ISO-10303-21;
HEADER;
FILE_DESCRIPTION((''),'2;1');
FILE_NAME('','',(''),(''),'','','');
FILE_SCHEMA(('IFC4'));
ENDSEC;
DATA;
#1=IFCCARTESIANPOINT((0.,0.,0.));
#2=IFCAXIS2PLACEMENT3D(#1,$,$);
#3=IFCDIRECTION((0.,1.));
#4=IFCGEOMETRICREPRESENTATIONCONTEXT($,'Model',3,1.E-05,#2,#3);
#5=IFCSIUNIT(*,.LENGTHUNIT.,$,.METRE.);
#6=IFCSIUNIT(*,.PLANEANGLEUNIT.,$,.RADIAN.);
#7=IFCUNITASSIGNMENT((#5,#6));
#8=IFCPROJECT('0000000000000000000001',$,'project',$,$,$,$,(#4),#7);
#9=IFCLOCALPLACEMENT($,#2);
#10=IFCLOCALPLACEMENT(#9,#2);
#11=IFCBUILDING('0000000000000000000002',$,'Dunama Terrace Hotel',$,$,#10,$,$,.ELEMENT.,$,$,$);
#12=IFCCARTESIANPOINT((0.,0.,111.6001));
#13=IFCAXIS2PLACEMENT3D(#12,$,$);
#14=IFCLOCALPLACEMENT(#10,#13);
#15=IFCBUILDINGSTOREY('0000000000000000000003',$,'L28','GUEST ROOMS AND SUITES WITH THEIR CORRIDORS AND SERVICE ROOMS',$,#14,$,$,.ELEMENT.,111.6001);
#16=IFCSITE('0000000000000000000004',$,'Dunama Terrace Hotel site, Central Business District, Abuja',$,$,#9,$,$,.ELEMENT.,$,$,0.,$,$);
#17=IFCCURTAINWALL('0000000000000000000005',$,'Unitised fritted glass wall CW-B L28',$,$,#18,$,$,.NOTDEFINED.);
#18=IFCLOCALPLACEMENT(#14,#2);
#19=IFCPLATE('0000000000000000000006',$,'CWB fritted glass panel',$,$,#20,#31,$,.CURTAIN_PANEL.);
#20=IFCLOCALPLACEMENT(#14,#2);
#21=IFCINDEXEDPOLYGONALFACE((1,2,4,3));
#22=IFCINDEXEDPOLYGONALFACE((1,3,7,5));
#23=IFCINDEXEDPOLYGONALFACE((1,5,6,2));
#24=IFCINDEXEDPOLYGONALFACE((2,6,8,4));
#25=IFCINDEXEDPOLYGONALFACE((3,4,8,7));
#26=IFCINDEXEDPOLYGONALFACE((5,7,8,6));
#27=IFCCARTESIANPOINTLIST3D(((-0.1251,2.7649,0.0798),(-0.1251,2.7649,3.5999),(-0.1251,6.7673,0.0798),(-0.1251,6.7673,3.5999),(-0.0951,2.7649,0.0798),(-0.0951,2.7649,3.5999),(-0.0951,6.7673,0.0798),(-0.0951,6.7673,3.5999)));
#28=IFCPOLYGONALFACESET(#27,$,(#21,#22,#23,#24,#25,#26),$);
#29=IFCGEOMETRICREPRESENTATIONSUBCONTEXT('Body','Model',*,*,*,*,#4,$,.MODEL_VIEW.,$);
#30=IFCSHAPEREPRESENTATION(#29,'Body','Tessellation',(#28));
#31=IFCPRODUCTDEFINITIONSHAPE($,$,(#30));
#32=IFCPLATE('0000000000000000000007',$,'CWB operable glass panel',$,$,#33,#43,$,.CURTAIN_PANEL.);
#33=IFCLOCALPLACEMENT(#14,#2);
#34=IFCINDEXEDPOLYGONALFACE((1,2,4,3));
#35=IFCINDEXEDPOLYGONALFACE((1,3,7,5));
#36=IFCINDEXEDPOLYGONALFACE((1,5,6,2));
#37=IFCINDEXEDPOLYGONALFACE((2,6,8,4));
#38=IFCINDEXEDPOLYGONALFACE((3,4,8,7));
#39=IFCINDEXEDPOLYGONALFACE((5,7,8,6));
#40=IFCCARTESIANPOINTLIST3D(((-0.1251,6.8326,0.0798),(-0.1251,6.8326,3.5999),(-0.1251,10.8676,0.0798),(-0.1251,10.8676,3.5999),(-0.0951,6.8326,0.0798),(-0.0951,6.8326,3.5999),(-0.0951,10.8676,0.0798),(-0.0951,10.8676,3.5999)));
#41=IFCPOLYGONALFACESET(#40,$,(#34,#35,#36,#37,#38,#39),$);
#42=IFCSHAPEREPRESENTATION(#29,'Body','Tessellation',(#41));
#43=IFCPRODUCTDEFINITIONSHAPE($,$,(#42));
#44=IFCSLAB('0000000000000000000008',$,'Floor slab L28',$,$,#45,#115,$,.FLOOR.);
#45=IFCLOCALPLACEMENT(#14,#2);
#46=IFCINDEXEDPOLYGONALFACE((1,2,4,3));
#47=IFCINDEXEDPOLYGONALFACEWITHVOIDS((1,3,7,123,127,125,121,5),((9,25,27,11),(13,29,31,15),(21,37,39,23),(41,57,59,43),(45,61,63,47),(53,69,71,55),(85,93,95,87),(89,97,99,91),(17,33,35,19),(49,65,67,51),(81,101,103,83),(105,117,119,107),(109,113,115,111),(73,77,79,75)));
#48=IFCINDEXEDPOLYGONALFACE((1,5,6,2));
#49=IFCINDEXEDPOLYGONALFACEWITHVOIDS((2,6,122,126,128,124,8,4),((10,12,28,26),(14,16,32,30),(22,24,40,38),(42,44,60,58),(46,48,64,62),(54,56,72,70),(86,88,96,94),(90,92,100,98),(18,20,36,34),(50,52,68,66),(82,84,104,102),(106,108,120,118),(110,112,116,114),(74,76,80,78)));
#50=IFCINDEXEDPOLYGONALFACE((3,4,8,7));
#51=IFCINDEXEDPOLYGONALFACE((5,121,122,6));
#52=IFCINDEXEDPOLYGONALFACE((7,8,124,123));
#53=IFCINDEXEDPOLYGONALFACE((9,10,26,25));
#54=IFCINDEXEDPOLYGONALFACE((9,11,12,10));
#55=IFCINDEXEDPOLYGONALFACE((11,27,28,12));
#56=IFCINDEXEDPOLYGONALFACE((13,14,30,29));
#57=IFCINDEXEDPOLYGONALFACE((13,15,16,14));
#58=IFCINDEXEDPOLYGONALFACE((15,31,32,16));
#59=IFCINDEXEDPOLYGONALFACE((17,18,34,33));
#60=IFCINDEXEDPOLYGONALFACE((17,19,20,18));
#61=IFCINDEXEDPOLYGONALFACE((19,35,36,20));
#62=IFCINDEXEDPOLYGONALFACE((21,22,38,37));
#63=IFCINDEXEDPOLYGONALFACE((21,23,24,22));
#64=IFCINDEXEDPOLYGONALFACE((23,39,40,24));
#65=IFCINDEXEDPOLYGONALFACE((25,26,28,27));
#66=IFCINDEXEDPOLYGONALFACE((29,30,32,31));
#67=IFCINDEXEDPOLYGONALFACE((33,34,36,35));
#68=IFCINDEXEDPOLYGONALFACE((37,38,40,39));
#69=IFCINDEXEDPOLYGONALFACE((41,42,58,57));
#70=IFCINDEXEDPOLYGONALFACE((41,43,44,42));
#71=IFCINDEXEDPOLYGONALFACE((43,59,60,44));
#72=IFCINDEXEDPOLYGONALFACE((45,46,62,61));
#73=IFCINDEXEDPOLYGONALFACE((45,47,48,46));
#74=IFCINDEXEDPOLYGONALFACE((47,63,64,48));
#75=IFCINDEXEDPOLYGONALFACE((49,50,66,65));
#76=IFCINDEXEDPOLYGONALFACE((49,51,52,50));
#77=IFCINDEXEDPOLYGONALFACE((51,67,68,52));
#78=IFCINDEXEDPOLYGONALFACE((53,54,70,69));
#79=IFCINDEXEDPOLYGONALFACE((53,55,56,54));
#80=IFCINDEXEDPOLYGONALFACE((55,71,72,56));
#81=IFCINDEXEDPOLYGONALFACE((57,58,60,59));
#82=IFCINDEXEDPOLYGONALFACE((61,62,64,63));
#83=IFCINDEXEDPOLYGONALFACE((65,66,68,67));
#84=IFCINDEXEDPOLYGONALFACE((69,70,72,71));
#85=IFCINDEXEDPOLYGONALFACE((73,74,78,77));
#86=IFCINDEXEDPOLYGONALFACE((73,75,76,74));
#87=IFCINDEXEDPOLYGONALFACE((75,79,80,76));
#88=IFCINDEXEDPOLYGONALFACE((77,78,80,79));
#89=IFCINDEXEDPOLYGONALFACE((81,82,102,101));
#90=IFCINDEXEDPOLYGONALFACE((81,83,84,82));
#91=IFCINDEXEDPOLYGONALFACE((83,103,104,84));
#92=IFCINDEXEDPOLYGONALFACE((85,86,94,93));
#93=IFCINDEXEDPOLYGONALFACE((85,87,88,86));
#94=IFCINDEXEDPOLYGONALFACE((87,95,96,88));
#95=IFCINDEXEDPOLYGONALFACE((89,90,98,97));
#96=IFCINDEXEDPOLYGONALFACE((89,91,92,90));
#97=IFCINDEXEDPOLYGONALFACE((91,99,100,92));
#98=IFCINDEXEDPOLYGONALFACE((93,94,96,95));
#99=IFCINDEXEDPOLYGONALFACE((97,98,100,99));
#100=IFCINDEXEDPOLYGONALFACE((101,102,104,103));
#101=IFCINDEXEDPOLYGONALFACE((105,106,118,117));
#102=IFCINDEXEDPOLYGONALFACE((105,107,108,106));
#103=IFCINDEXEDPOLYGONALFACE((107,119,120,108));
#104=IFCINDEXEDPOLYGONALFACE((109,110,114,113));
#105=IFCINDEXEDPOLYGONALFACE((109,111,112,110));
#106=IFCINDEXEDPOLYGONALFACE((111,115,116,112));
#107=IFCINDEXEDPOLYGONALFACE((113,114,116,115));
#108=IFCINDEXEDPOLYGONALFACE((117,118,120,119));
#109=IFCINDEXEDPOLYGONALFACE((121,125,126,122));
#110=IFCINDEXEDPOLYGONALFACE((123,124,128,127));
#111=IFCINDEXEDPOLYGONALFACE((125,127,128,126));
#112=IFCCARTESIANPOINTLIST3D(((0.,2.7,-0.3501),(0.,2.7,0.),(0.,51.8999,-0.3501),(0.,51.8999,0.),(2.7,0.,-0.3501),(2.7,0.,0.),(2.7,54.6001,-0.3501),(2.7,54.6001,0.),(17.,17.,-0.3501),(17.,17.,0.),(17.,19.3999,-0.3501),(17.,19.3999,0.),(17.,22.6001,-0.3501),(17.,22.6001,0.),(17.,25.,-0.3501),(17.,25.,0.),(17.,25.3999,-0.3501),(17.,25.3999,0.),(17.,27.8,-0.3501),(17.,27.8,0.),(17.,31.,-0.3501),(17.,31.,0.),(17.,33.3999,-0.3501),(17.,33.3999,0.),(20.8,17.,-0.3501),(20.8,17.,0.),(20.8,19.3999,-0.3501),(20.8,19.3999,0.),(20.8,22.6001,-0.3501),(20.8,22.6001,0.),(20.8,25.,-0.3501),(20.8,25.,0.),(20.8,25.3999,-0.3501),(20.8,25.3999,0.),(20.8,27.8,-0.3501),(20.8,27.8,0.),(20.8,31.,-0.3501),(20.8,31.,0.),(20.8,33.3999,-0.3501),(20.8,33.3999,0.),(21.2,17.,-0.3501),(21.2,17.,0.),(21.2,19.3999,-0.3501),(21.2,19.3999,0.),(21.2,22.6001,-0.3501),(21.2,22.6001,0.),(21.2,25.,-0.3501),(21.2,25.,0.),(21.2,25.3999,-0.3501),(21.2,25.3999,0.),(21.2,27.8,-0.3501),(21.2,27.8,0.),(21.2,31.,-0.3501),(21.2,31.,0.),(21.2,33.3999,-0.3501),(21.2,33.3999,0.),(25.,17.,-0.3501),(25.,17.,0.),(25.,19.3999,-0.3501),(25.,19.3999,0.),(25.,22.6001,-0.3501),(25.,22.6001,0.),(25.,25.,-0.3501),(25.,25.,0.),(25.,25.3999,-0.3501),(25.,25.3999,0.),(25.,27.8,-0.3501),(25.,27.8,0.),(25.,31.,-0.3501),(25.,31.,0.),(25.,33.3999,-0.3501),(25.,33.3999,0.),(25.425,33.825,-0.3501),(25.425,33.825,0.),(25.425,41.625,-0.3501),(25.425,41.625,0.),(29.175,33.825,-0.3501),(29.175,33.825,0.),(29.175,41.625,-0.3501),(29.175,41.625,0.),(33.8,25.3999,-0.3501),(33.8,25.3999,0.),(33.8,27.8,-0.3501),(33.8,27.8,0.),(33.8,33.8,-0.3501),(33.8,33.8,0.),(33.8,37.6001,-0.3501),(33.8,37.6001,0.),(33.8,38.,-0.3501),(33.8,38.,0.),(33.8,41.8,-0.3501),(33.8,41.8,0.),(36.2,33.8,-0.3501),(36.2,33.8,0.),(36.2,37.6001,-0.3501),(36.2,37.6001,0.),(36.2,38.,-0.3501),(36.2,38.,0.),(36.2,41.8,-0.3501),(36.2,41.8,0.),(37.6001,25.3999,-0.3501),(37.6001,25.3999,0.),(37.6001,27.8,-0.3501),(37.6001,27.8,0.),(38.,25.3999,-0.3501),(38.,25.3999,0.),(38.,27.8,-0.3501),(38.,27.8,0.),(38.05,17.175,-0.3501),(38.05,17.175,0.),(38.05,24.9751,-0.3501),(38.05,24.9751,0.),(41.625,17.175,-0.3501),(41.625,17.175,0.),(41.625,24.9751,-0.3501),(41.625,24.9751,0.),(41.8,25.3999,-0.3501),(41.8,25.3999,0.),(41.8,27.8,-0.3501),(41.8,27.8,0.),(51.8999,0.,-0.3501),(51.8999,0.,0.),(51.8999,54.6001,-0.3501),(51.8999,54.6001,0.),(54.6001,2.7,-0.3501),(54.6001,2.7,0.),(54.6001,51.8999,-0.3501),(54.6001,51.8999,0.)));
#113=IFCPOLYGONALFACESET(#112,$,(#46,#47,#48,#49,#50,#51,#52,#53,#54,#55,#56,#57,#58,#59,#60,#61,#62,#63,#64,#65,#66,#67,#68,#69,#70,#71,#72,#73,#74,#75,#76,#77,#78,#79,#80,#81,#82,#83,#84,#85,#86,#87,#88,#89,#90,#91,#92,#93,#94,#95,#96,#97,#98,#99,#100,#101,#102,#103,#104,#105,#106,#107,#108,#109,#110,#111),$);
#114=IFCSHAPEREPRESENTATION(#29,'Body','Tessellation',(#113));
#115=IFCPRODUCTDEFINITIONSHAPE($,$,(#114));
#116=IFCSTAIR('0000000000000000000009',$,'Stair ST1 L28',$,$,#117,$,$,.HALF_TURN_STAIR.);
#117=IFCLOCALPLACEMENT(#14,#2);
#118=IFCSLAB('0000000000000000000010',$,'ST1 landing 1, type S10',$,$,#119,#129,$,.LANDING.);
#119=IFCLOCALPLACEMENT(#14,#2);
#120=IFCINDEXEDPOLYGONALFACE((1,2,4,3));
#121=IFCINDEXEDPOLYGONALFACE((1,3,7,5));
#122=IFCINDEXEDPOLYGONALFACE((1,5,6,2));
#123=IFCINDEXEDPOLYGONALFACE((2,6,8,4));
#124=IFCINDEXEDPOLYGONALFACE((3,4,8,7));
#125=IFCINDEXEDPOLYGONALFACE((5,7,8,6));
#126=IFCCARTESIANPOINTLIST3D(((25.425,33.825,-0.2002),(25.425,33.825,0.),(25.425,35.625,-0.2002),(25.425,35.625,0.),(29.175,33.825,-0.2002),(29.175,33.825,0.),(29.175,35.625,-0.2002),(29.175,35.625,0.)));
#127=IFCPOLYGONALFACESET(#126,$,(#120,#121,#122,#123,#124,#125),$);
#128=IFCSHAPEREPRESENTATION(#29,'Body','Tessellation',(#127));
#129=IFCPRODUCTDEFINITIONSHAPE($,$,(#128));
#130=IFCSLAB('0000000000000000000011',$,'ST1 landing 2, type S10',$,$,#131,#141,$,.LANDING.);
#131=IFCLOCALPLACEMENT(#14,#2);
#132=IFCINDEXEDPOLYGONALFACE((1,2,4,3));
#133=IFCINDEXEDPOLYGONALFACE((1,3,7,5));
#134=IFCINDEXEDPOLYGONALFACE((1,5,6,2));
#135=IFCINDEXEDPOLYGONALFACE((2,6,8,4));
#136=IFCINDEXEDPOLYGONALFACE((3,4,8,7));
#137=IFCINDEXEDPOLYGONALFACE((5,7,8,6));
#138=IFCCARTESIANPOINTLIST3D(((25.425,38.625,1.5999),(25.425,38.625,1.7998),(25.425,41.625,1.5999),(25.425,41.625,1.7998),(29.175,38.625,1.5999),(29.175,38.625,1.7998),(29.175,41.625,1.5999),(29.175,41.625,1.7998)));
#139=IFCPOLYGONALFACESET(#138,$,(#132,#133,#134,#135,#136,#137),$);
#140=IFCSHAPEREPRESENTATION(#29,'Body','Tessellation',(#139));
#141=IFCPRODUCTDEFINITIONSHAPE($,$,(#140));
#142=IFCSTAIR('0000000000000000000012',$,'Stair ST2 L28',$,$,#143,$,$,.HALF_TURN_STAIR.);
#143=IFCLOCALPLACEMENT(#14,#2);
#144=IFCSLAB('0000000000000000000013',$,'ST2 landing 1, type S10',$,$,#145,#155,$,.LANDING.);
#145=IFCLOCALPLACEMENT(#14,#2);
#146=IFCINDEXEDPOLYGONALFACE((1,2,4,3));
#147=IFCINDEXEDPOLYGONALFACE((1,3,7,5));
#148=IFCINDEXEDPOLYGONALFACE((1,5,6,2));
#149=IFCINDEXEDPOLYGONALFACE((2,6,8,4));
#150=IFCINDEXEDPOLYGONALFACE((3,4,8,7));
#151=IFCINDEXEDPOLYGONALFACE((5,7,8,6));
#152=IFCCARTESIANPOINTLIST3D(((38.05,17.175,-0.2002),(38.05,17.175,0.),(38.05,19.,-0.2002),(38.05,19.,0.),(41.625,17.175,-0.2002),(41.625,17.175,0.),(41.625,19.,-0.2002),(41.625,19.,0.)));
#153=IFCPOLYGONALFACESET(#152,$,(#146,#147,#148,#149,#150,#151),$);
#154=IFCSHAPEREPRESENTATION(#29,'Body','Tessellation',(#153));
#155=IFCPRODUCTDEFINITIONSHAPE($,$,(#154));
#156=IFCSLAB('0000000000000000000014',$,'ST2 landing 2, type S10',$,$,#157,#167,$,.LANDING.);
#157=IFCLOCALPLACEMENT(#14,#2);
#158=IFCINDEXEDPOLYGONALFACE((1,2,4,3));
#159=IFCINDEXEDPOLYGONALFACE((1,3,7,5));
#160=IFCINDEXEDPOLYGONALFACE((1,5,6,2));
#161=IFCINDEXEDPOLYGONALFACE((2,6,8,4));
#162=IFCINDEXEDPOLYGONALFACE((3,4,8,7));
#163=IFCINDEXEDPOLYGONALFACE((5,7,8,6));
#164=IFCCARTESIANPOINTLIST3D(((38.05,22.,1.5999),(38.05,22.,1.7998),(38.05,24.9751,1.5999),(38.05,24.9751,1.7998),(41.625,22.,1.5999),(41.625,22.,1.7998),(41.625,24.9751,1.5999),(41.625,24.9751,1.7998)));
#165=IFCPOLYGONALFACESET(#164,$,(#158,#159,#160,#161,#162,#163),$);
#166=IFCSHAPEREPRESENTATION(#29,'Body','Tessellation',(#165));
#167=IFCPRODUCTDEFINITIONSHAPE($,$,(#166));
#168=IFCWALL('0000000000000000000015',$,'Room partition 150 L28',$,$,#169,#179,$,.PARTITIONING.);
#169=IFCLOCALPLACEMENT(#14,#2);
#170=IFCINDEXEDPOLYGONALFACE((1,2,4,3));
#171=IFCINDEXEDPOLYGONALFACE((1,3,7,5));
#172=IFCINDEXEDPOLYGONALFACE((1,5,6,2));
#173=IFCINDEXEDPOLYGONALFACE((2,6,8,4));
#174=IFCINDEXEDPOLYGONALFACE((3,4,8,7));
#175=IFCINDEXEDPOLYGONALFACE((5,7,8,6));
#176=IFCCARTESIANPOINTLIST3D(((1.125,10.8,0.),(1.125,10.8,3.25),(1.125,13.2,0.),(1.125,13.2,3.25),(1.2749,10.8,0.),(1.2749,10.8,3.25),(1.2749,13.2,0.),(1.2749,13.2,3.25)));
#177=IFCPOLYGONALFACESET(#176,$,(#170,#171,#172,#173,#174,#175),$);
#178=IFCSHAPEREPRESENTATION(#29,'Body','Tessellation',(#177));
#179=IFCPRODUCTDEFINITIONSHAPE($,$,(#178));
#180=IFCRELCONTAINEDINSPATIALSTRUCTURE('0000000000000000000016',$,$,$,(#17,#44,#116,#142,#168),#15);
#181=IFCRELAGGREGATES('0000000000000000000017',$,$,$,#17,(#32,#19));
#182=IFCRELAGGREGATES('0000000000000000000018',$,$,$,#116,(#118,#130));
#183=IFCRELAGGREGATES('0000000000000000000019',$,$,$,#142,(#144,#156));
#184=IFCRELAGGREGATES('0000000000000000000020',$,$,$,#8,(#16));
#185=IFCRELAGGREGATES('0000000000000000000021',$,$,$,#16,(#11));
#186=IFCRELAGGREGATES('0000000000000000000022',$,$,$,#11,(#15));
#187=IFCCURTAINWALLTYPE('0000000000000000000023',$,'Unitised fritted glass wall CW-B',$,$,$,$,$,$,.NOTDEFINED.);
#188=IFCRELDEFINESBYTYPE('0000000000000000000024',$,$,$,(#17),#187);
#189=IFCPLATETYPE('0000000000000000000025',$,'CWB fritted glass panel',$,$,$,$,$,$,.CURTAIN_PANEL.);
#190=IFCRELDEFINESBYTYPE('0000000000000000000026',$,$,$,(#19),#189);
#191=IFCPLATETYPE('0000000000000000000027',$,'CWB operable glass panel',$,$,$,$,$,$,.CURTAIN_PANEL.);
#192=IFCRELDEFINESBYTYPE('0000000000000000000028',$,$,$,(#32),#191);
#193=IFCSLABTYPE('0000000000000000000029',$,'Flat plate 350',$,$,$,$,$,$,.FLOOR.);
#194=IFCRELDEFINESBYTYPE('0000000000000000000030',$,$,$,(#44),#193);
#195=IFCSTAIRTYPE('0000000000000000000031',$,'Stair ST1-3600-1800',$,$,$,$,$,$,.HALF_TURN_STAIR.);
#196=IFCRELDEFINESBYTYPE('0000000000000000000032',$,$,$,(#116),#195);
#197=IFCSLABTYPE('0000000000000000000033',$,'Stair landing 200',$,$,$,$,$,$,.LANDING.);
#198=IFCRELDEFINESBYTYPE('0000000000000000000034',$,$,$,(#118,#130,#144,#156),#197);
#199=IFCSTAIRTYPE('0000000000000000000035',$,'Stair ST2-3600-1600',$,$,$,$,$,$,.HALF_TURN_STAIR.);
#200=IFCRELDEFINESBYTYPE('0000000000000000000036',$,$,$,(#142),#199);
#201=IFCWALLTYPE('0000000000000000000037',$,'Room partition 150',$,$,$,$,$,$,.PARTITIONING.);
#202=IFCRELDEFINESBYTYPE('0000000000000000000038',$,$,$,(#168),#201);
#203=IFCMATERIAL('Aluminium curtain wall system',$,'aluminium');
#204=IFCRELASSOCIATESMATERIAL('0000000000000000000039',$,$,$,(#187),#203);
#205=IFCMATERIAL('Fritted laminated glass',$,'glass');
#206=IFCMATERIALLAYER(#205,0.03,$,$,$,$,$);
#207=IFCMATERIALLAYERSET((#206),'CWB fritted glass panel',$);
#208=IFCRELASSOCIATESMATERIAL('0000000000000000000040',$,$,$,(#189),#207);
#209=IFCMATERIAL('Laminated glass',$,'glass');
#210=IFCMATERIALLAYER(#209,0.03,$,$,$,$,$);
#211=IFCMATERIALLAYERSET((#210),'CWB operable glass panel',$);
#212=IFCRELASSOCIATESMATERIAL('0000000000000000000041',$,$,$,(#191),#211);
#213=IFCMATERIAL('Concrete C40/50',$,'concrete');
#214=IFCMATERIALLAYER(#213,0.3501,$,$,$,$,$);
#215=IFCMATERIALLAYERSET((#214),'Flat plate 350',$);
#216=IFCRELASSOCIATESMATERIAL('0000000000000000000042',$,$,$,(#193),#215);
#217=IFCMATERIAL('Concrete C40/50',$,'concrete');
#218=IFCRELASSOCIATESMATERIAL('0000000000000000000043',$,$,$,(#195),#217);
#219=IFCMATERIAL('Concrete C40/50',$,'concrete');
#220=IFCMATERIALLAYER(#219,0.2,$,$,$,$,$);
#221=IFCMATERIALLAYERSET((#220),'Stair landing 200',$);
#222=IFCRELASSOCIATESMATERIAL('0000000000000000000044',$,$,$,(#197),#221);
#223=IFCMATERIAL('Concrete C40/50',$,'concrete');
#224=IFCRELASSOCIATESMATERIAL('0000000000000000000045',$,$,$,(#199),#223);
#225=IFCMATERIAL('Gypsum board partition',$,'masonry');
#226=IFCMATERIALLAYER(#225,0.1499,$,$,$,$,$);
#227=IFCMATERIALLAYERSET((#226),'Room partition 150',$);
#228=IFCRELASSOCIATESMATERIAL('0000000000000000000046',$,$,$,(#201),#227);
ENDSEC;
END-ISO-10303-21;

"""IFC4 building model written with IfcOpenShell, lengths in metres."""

from ifc_helpers import new_model, si_unit, direction, frame, frame_2d, origin, origin_2d, place, context, subcontext, project, spatial, polyline, rectangle, outline, extrude, material, layer, layer_set, type_object, element, aggregate, save


model = new_model("IFC4")

# Units and contexts
model_context = context("Model", 3, precision=1e-05, world=origin(), true_north=direction((0.0, 1.0)))
body_context = subcontext(model_context, "Body", "Model", "MODEL_VIEW")
ifc_project = project(units=[si_unit("LENGTHUNIT", "METRE"), si_unit("PLANEANGLEUNIT", "RADIAN")], contexts=[model_context])

# Site, building, storey
site_placement = place(None, origin())
site = spatial("IfcSite", under=ifc_project, at=site_placement, Name="Dunama Terrace Hotel site, Central Business District, Abuja", CompositionType="ELEMENT", RefElevation=0.0)
building_placement = place(site_placement, origin())
building = spatial("IfcBuilding", under=site, at=building_placement, Name="Dunama Terrace Hotel", CompositionType="ELEMENT")
storey_placement = place(building_placement, frame((0.0, 0.0, 111.6001)))
storey = spatial("IfcBuildingStorey", under=building, at=storey_placement, Name="L28", Description="GUEST ROOMS AND SUITES WITH THEIR CORRIDORS AND SERVICE ROOMS", CompositionType="ELEMENT", Elevation=111.6001)

# Shared definitions
ifc_material_1 = material(Name="Aluminium curtain wall system", Category="aluminium")
curtain_wall_type = type_object("IfcCurtainWallType", Name="Unitised fritted glass wall CW-B", PredefinedType="NOTDEFINED", material=ifc_material_1)

# Curtain wall
curtain_wall_1_placement = place(storey_placement, origin())
curtain_wall_1 = element("IfcCurtainWall", 1, at=curtain_wall_1_placement, inside=storey, type_object=curtain_wall_type, Name="Unitised fritted glass wall CW-B L28", PredefinedType="NOTDEFINED")

# Plates
ifc_material_2 = material(Name="Fritted laminated glass", Category="glass")
ifc_layer_1 = layer(ifc_material_2, 0.03)
ifc_layer_set_1 = layer_set([ifc_layer_1], Name="CWB fritted glass panel")
plate_type_1 = type_object("IfcPlateType", Name="CWB fritted glass panel", PredefinedType="CURTAIN_PANEL", material=ifc_layer_set_1)
plate_1_placement = place(storey_placement, frame((-0.1101, 4.7661, 0.0798), z_axis=(0.0, 0.0, 1.0), x_axis=(0.0, -1.0, 0.0)))
plate_1 = element("IfcPlate", 2, at=plate_1_placement, type_object=plate_type_1, Name="CWB fritted glass panel", PredefinedType="CURTAIN_PANEL", context=body_context, shape_type="SweptSolid", body=[
    extrude(rectangle(XDim=4.0024, YDim=0.03, at=origin_2d()), origin(), (0.0, 0.0, 1.0), 3.52),
])
ifc_material_3 = material(Name="Laminated glass", Category="glass")
ifc_layer_2 = layer(ifc_material_3, 0.03)
ifc_layer_set_2 = layer_set([ifc_layer_2], Name="CWB operable glass panel")
plate_type_2 = type_object("IfcPlateType", Name="CWB operable glass panel", PredefinedType="CURTAIN_PANEL", material=ifc_layer_set_2)
plate_2_placement = place(storey_placement, frame((-0.1101, 8.8501, 0.0798), z_axis=(0.0, 0.0, 1.0), x_axis=(0.0, -1.0, 0.0)))
plate_2 = element("IfcPlate", 3, at=plate_2_placement, type_object=plate_type_2, Name="CWB operable glass panel", PredefinedType="CURTAIN_PANEL", context=body_context, shape_type="SweptSolid", body=[
    extrude(rectangle(XDim=4.0349, YDim=0.03, at=origin_2d()), origin(), (0.0, 0.0, 1.0), 3.52),
])
aggregate(curtain_wall_1, [plate_2, plate_1])

# Slab
ifc_material_4 = material(Name="Concrete C40/50", Category="concrete")
ifc_layer_3 = layer(ifc_material_4, 0.3501)
ifc_layer_set_3 = layer_set([ifc_layer_3], Name="Flat plate 350")
slab_type_1 = type_object("IfcSlabType", Name="Flat plate 350", PredefinedType="FLOOR", material=ifc_layer_set_3)
slab_1_placement = place(storey_placement, frame((0.0, 0.0, -0.3501)))
element("IfcSlab", 4, at=slab_1_placement, inside=storey, type_object=slab_type_1, Name="Floor slab L28", PredefinedType="FLOOR", context=body_context, shape_type="SweptSolid", body=[
    extrude(outline(polyline([(2.7, 0.0), (51.8999, 0.0), (54.6001, 2.7), (54.6001, 51.8999), (51.8999, 54.6001), (2.7, 54.6001), (0.0, 51.8999), (0.0, 2.7), (2.7, 0.0)]), holes=[polyline([(37.6001, 25.3999), (37.6001, 27.8), (33.8, 27.8), (33.8, 25.3999), (37.6001, 25.3999)]), polyline([(41.8, 25.3999), (41.8, 27.8), (38.0, 27.8), (38.0, 25.3999), (41.8, 25.3999)]), polyline([(20.8, 17.0), (20.8, 19.3999), (17.0, 19.3999), (17.0, 17.0), (20.8, 17.0)]), polyline([(25.0, 17.0), (25.0, 19.3999), (21.2, 19.3999), (21.2, 17.0), (25.0, 17.0)]), polyline([(20.8, 22.6001), (20.8, 25.0), (17.0, 25.0), (17.0, 22.6001), (20.8, 22.6001)]), polyline([(25.0, 22.6001), (25.0, 25.0), (21.2, 25.0), (21.2, 22.6001), (25.0, 22.6001)]), polyline([(20.8, 25.3999), (20.8, 27.8), (17.0, 27.8), (17.0, 25.3999), (20.8, 25.3999)]), polyline([(25.0, 25.3999), (25.0, 27.8), (21.2, 27.8), (21.2, 25.3999), (25.0, 25.3999)]), polyline([(20.8, 31.0), (20.8, 33.3999), (17.0, 33.3999), (17.0, 31.0), (20.8, 31.0)]), polyline([(25.0, 31.0), (25.0, 33.3999), (21.2, 33.3999), (21.2, 31.0), (25.0, 31.0)]), polyline([(36.2, 38.0), (36.2, 41.8), (33.8, 41.8), (33.8, 38.0), (36.2, 38.0)]), polyline([(36.2, 33.8), (36.2, 37.6001), (33.8, 37.6001), (33.8, 33.8), (36.2, 33.8)]), polyline([(29.175, 33.825), (29.175, 41.625), (25.425, 41.625), (25.425, 33.825), (29.175, 33.825)]), polyline([(41.625, 17.175), (41.625, 24.9751), (38.05, 24.9751), (38.05, 17.175), (41.625, 17.175)])]), origin(), (0.0, 0.0, 1.0), 0.3501),
])

# Stairs, slabs
ifc_material_5 = material(Name="Concrete C40/50", Category="concrete")
stair_type_1 = type_object("IfcStairType", Name="Stair ST1-3600-1800", PredefinedType="HALF_TURN_STAIR", material=ifc_material_5)
stair_1_placement = place(storey_placement, origin())
stair_1 = element("IfcStair", 5, at=stair_1_placement, inside=storey, type_object=stair_type_1, Name="Stair ST1 L28", PredefinedType="HALF_TURN_STAIR")
ifc_material_6 = material(Name="Concrete C40/50", Category="concrete")
ifc_layer_4 = layer(ifc_material_6, 0.2)
ifc_layer_set_4 = layer_set([ifc_layer_4], Name="Stair landing 200")
slab_type_2 = type_object("IfcSlabType", Name="Stair landing 200", PredefinedType="LANDING", material=ifc_layer_set_4)
slab_2_placement = place(storey_placement, frame((0.0, 0.0, -0.2002)))
slab_2 = element("IfcSlab", 6, at=slab_2_placement, type_object=slab_type_2, Name="ST1 landing 1, type S10", PredefinedType="LANDING", context=body_context, shape_type="SweptSolid", body=[
    extrude(outline(polyline([(25.425, 33.825), (29.175, 33.825), (29.175, 35.625), (25.425, 35.625), (25.425, 33.825)])), origin(), (0.0, 0.0, 1.0), 0.2002),
])
slab_3_placement = place(storey_placement, frame((0.0, 0.0, 1.5999)))
slab_3 = element("IfcSlab", 7, at=slab_3_placement, type_object=slab_type_2, Name="ST1 landing 2, type S10", PredefinedType="LANDING", context=body_context, shape_type="SweptSolid", body=[
    extrude(outline(polyline([(25.425, 38.625), (29.175, 38.625), (29.175, 41.625), (25.425, 41.625), (25.425, 38.625)])), origin(), (0.0, 0.0, 1.0), 0.2),
])
aggregate(stair_1, [slab_2, slab_3])
ifc_material_7 = material(Name="Concrete C40/50", Category="concrete")
stair_type_2 = type_object("IfcStairType", Name="Stair ST2-3600-1600", PredefinedType="HALF_TURN_STAIR", material=ifc_material_7)
stair_2_placement = place(storey_placement, origin())
stair_2 = element("IfcStair", 8, at=stair_2_placement, inside=storey, type_object=stair_type_2, Name="Stair ST2 L28", PredefinedType="HALF_TURN_STAIR")
slab_4_placement = place(storey_placement, frame((0.0, 0.0, -0.2002)))
slab_4 = element("IfcSlab", 9, at=slab_4_placement, type_object=slab_type_2, Name="ST2 landing 1, type S10", PredefinedType="LANDING", context=body_context, shape_type="SweptSolid", body=[
    extrude(outline(polyline([(38.05, 17.175), (41.625, 17.175), (41.625, 19.0), (38.05, 19.0), (38.05, 17.175)])), origin(), (0.0, 0.0, 1.0), 0.2002),
])
slab_5_placement = place(storey_placement, frame((0.0, 0.0, 1.5999)))
slab_5 = element("IfcSlab", 10, at=slab_5_placement, type_object=slab_type_2, Name="ST2 landing 2, type S10", PredefinedType="LANDING", context=body_context, shape_type="SweptSolid", body=[
    extrude(outline(polyline([(38.05, 22.0), (41.625, 22.0), (41.625, 24.9751), (38.05, 24.9751), (38.05, 22.0)])), origin(), (0.0, 0.0, 1.0), 0.2),
])
aggregate(stair_2, [slab_4, slab_5])

# Wall
ifc_material_8 = material(Name="Gypsum board partition", Category="masonry")
ifc_layer_5 = layer(ifc_material_8, 0.1499)
ifc_layer_set_5 = layer_set([ifc_layer_5], Name="Room partition 150")
wall_type = type_object("IfcWallType", Name="Room partition 150", PredefinedType="PARTITIONING", material=ifc_layer_set_5)
wall_1_placement = place(storey_placement, frame((1.2, 10.8, 0.0), z_axis=(0.0, 0.0, 1.0), x_axis=(0.0, 1.0, 0.0)))
element("IfcWall", 11, at=wall_1_placement, inside=storey, type_object=wall_type, Name="Room partition 150 L28", PredefinedType="PARTITIONING", context=body_context, shape_type="SweptSolid", body=[
    extrude(rectangle(XDim=2.3999, YDim=0.1499, at=frame_2d((1.2, 0.0))), origin(), (0.0, 0.0, 1.0), 3.25),
])

save(model, "model.ifc")
